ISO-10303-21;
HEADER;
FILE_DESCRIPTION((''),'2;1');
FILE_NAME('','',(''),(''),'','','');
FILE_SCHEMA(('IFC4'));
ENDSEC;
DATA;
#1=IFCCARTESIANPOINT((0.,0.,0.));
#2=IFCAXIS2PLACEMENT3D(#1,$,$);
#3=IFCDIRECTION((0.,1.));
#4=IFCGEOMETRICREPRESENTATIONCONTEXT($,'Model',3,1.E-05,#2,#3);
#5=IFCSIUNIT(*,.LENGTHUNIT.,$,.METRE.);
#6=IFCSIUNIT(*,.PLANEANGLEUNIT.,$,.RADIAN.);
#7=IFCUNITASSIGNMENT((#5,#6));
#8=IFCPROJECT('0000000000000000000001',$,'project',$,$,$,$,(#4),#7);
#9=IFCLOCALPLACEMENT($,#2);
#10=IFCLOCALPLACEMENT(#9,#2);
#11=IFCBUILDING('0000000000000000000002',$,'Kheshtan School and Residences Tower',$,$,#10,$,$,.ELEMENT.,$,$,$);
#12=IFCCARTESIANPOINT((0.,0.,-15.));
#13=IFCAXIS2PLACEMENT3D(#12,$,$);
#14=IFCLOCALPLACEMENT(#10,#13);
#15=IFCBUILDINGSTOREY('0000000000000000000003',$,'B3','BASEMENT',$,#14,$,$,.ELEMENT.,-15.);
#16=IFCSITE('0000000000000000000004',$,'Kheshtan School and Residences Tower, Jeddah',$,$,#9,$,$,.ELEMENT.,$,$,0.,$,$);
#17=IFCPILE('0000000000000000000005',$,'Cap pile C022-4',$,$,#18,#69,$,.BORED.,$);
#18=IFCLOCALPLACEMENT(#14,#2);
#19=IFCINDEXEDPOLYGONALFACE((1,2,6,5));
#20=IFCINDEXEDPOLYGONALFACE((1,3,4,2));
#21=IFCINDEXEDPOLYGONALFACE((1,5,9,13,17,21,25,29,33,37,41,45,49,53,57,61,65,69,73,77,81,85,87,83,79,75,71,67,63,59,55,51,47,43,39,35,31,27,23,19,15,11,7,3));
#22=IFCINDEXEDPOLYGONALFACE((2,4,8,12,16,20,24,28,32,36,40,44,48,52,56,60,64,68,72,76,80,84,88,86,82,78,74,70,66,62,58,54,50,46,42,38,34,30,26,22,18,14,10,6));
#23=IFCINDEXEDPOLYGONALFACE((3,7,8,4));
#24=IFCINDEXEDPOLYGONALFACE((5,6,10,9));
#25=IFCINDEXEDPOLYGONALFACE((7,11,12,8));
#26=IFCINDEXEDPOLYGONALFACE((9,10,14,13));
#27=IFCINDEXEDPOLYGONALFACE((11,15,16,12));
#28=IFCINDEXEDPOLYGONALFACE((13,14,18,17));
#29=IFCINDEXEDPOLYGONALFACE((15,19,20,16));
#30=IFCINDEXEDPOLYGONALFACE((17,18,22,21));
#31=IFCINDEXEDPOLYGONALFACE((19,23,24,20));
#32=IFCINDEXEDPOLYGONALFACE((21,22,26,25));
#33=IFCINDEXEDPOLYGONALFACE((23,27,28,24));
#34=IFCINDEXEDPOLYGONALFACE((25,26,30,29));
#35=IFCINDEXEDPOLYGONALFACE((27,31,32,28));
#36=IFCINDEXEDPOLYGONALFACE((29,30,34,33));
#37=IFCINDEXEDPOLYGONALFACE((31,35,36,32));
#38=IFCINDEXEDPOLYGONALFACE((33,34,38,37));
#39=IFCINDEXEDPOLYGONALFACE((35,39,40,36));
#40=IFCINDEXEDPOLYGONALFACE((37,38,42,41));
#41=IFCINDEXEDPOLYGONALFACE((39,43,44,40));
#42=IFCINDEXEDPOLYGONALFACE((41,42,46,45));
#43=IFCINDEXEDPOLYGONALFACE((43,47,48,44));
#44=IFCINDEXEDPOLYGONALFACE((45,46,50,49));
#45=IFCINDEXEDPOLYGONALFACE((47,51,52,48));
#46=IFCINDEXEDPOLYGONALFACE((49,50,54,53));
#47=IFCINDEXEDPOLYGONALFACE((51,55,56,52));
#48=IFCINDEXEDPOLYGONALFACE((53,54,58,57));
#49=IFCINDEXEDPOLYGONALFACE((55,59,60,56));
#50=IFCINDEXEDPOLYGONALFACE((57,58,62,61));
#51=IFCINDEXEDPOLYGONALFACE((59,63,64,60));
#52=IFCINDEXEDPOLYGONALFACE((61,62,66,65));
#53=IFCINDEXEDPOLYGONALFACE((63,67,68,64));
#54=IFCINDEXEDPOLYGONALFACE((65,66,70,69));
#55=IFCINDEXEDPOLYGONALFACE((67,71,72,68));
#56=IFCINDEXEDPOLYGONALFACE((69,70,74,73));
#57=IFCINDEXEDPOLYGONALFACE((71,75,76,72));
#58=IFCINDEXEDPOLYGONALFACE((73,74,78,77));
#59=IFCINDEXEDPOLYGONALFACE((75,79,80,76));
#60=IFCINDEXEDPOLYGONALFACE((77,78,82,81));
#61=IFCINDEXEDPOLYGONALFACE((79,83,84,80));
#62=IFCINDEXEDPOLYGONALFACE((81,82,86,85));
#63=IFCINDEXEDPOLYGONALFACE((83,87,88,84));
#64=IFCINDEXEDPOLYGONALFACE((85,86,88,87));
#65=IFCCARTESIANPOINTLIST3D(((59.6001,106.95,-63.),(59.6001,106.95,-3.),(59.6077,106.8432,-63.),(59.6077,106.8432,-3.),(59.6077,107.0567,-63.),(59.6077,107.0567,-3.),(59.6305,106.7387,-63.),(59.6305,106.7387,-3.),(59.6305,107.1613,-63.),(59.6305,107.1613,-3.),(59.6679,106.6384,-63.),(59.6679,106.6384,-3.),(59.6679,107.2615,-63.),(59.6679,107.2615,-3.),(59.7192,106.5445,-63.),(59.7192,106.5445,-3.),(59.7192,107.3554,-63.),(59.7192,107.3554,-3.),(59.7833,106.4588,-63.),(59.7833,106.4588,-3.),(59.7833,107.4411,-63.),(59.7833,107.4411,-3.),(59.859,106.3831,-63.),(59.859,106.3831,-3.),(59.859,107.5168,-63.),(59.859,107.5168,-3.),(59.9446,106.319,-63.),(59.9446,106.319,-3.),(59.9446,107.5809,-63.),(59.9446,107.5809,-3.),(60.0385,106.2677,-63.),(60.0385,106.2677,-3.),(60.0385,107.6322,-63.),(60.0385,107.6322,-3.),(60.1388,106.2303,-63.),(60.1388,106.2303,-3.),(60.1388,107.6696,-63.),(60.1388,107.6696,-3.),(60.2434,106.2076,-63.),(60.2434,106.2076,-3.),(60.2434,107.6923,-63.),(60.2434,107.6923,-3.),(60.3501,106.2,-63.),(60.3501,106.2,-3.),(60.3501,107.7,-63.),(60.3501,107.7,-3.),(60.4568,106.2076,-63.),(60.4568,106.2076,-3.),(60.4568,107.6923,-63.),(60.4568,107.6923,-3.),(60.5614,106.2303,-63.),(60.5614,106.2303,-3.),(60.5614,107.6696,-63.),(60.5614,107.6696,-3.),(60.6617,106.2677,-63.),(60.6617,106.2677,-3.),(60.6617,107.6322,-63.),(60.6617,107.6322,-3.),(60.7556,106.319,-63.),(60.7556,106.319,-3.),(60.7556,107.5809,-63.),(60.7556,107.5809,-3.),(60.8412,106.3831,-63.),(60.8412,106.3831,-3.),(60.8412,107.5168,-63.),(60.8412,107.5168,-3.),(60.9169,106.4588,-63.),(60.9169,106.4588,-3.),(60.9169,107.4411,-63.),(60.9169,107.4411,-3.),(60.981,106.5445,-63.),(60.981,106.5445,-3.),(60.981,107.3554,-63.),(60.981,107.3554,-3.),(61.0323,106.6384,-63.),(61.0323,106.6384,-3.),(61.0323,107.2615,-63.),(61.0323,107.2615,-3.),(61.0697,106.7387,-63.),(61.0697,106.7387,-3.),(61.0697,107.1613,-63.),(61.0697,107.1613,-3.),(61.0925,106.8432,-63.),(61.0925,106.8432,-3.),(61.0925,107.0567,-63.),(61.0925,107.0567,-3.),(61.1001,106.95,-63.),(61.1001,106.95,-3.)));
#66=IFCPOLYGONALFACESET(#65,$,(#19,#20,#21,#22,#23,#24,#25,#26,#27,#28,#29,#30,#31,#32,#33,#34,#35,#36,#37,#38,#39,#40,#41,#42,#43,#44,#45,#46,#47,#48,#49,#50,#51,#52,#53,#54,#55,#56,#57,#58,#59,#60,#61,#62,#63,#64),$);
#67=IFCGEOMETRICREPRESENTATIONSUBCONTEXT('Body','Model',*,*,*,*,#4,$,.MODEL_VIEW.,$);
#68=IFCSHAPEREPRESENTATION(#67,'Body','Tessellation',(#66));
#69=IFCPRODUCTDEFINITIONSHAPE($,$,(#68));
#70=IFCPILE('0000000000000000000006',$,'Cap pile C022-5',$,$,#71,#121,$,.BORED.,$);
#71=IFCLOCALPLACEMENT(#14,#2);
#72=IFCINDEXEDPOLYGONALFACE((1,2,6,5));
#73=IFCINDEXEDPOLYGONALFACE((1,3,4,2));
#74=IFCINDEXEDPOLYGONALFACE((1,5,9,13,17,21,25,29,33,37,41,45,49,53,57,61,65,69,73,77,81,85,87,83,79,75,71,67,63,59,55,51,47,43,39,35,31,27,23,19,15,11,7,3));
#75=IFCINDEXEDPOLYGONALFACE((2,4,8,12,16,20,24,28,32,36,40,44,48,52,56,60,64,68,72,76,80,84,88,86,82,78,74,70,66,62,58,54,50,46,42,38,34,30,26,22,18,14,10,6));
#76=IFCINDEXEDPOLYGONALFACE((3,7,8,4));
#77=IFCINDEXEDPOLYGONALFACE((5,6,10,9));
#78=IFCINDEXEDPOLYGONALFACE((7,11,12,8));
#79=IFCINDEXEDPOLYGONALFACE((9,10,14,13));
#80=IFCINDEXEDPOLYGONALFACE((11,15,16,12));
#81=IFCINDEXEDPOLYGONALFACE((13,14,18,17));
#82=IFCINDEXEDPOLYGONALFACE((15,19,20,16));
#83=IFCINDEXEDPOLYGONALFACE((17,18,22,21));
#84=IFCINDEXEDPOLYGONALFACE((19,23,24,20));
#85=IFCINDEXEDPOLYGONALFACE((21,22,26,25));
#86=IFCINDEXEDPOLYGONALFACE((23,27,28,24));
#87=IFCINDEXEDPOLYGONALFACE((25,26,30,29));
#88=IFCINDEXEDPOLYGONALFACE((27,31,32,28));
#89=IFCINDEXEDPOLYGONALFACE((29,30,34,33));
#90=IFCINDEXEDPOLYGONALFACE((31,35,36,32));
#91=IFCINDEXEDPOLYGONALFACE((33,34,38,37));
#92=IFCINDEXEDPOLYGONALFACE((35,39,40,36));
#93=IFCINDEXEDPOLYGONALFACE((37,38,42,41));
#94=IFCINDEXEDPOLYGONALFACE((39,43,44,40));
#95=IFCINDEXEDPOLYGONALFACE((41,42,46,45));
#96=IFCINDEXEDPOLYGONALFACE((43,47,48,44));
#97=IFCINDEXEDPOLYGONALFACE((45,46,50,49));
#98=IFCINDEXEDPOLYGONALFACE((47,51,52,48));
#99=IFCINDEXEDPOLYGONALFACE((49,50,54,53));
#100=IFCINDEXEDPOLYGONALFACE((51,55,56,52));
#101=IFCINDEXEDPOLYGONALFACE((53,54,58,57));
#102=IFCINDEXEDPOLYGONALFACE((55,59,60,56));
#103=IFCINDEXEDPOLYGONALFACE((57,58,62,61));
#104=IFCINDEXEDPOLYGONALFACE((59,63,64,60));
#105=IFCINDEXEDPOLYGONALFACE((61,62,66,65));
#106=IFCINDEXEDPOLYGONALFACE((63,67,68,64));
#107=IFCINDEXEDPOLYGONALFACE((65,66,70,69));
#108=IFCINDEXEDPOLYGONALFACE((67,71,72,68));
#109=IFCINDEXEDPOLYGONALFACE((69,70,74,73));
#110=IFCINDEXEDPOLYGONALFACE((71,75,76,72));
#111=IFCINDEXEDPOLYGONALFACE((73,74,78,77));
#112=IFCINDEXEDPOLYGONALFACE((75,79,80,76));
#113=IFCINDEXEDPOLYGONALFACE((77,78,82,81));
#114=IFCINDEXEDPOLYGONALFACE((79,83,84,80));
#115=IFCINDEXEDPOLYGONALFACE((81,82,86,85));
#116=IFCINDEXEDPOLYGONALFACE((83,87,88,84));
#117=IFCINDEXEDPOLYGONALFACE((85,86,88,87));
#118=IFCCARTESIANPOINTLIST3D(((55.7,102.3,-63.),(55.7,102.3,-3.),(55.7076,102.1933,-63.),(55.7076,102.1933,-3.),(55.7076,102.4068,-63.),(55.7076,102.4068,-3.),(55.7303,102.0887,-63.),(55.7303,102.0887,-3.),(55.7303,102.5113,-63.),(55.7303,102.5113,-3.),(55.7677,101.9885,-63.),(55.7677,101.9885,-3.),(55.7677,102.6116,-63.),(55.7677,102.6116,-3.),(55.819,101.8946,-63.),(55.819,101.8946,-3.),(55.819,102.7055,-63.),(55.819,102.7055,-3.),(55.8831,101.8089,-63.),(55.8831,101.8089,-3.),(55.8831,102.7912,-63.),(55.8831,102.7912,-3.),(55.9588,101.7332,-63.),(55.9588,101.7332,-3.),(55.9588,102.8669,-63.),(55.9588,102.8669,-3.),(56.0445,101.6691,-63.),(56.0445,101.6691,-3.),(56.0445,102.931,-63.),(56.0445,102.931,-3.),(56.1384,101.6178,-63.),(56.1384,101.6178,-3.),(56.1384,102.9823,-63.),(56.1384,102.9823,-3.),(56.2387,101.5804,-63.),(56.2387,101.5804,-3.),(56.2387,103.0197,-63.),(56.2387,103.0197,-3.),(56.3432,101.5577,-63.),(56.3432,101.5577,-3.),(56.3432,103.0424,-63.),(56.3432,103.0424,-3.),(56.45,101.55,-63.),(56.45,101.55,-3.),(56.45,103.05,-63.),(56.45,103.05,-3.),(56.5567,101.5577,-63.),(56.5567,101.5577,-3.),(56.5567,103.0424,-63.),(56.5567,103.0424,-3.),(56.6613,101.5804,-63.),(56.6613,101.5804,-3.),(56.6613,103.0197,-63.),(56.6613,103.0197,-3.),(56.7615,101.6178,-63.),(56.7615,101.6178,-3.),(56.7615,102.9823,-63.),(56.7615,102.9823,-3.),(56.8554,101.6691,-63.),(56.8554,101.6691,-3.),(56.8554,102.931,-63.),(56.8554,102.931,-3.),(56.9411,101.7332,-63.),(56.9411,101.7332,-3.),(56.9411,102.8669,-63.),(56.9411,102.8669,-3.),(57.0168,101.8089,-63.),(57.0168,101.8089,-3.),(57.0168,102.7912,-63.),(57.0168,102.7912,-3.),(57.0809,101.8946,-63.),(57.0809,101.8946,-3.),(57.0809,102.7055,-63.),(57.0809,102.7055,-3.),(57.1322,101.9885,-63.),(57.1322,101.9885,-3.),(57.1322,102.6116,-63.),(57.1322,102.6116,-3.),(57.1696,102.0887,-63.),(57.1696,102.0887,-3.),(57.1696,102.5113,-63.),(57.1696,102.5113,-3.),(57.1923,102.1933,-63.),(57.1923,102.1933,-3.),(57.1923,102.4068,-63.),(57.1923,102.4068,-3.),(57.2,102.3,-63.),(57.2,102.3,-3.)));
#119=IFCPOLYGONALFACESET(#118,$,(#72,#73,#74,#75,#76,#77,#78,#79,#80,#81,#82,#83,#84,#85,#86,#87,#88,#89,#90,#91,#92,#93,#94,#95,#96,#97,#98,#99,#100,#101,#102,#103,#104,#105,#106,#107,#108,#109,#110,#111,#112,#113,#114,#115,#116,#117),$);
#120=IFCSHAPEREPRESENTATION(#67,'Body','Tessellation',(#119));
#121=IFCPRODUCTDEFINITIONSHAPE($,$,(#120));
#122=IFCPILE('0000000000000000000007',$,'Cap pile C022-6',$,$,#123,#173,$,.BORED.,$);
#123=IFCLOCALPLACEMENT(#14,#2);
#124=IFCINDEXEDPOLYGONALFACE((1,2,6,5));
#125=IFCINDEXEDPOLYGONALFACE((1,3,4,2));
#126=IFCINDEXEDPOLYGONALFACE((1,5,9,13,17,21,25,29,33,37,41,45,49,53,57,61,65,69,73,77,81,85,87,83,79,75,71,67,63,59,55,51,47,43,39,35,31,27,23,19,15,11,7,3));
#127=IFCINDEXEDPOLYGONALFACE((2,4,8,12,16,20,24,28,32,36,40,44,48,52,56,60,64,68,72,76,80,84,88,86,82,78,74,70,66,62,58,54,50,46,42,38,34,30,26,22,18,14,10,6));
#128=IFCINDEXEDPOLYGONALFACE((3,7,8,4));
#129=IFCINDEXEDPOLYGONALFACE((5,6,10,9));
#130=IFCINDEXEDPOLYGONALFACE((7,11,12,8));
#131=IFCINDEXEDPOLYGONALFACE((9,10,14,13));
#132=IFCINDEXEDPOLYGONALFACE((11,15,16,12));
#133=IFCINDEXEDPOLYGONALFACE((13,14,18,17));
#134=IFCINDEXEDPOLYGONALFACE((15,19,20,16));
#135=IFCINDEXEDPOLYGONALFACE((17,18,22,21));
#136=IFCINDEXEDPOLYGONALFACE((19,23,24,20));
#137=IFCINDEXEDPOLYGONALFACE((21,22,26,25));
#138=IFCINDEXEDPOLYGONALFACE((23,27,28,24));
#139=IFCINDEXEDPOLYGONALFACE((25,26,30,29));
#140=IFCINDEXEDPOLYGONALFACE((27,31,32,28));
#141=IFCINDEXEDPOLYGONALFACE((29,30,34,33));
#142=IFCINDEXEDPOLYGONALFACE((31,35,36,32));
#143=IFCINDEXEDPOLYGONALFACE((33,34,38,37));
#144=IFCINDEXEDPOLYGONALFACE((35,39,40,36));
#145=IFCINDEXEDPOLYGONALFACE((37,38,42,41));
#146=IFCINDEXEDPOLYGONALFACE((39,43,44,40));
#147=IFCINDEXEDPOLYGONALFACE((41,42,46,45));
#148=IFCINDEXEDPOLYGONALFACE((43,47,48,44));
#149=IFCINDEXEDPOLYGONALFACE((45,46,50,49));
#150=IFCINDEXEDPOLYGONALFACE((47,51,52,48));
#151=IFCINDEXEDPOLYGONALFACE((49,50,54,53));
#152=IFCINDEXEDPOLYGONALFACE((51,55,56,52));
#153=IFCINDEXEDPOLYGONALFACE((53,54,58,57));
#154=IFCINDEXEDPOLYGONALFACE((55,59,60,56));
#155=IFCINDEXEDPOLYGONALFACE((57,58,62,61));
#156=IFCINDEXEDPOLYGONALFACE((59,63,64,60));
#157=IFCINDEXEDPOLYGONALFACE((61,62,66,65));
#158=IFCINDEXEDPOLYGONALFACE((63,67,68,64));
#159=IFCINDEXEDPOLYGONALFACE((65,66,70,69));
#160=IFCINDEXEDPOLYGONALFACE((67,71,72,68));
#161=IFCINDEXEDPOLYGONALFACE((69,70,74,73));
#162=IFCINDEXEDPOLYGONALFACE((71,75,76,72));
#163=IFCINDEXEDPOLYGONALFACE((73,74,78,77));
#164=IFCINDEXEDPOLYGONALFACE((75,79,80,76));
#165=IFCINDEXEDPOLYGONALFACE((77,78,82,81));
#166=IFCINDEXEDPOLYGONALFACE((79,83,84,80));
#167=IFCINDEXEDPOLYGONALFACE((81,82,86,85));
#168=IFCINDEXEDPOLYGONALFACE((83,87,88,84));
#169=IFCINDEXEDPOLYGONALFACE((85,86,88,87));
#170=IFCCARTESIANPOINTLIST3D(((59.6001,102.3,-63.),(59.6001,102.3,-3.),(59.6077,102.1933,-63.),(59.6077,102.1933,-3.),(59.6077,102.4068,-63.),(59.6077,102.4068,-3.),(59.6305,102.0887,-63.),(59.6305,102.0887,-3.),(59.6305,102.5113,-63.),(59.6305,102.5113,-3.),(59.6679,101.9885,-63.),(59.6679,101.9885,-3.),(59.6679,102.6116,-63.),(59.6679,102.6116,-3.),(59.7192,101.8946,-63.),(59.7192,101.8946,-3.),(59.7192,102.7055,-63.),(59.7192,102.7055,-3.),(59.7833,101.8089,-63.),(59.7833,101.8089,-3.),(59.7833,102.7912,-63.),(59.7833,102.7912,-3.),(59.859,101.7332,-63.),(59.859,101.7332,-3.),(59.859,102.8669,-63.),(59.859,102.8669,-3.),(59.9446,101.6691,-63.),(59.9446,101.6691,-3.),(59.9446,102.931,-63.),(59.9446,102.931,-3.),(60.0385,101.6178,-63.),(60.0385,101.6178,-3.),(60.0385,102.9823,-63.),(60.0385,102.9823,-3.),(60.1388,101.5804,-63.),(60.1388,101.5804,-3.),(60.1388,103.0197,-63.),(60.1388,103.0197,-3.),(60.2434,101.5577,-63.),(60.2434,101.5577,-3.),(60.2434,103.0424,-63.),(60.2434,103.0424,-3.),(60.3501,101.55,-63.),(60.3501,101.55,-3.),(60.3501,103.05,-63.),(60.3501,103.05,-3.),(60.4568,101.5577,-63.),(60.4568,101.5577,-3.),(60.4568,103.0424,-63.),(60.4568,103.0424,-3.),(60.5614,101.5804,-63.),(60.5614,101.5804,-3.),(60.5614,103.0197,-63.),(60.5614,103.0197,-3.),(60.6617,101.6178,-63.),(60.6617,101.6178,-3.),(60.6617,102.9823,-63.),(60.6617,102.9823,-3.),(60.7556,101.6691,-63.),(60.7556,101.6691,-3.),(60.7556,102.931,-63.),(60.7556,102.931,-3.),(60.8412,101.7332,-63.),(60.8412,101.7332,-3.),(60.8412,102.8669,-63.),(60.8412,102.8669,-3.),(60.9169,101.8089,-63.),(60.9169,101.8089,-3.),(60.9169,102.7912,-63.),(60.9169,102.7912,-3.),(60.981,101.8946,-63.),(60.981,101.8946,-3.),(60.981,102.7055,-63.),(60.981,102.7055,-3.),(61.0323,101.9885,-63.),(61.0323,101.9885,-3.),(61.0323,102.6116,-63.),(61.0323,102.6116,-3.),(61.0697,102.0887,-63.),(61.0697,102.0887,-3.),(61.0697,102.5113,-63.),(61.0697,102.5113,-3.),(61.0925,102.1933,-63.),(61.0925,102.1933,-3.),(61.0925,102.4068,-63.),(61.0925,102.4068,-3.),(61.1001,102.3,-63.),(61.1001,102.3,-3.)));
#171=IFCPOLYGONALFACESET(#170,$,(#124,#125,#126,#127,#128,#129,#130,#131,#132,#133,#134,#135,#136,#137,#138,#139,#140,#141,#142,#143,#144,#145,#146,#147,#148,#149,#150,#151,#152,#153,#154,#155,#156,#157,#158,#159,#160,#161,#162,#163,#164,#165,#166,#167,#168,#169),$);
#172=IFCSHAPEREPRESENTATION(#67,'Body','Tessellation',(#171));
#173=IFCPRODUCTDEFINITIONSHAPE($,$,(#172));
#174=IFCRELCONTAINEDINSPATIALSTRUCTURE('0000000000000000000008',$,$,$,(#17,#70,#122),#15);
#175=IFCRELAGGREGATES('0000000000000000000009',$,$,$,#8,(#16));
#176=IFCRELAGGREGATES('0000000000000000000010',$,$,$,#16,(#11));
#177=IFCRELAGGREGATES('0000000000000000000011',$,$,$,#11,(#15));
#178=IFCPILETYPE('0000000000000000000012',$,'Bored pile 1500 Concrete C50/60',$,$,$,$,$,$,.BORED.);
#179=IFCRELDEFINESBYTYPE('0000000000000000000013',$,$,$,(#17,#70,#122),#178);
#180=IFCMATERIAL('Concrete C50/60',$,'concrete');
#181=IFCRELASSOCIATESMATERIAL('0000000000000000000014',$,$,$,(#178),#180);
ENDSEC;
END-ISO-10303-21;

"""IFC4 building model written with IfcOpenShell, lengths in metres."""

from ifc_helpers import new_model, si_unit, direction, frame, origin, origin_2d, place, context, subcontext, project, spatial, circle, extrude, material, material_profile, profile_set, type_object, element, save


model = new_model("IFC4")

# Units and contexts
model_context = context("Model", 3, precision=1e-05, world=origin(), true_north=direction((0.0, 1.0)))
body_context = subcontext(model_context, "Body", "Model", "MODEL_VIEW")
ifc_project = project(units=[si_unit("LENGTHUNIT", "METRE"), si_unit("PLANEANGLEUNIT", "RADIAN")], contexts=[model_context])

# Site, building, storey
site_placement = place(None, origin())
site = spatial("IfcSite", under=ifc_project, at=site_placement, Name="Kheshtan School and Residences Tower, Jeddah", CompositionType="ELEMENT", RefElevation=0.0)
building_placement = place(site_placement, origin())
building = spatial("IfcBuilding", under=site, at=building_placement, Name="Kheshtan School and Residences Tower", CompositionType="ELEMENT")
storey_placement = place(building_placement, frame((0.0, 0.0, -15.0)))
storey = spatial("IfcBuildingStorey", under=building, at=storey_placement, Name="B3", Description="BASEMENT", CompositionType="ELEMENT", Elevation=-15.0)

# Piles
ifc_material_1 = material(Name="Concrete C50/60", Category="concrete")
ifc_material_profile_1 = material_profile(ifc_material_1, circle(Radius=0.75, at=origin_2d()), Name="BP 1500")
ifc_profile_set_1 = profile_set([ifc_material_profile_1], Name="Concrete C50/60")
pile_type_1 = type_object("IfcPileType", Name="Bored pile 1500 Concrete C50/60", PredefinedType="BORED", material=ifc_profile_set_1)
for number, where, z_axis, x_axis, name in (
    (1, (60.3501, 106.95, -3.0), (0.0, 0.0, -1.0), (1.0, 0.0, 0.0), "Cap pile C022-4"),
    (2, (56.45, 102.3, -3.0), (0.0, 0.0, -1.0), (1.0, 0.0, 0.0), "Cap pile C022-5"),
    (3, (60.3501, 102.3, -3.0), (0.0, 0.0, -1.0), (1.0, 0.0, 0.0), "Cap pile C022-6"),
):
    element("IfcPile", number, at=place(storey_placement, frame(where, z_axis=z_axis, x_axis=x_axis)), inside=storey, type_object=pile_type_1, Name=name, PredefinedType="BORED", context=body_context, shape_type="SweptSolid", body=[
        extrude(circle(Radius=0.75, at=origin_2d()), origin(), (0.0, 0.0, 1.0), 60.0),
    ])

save(model, "model.ifc")
